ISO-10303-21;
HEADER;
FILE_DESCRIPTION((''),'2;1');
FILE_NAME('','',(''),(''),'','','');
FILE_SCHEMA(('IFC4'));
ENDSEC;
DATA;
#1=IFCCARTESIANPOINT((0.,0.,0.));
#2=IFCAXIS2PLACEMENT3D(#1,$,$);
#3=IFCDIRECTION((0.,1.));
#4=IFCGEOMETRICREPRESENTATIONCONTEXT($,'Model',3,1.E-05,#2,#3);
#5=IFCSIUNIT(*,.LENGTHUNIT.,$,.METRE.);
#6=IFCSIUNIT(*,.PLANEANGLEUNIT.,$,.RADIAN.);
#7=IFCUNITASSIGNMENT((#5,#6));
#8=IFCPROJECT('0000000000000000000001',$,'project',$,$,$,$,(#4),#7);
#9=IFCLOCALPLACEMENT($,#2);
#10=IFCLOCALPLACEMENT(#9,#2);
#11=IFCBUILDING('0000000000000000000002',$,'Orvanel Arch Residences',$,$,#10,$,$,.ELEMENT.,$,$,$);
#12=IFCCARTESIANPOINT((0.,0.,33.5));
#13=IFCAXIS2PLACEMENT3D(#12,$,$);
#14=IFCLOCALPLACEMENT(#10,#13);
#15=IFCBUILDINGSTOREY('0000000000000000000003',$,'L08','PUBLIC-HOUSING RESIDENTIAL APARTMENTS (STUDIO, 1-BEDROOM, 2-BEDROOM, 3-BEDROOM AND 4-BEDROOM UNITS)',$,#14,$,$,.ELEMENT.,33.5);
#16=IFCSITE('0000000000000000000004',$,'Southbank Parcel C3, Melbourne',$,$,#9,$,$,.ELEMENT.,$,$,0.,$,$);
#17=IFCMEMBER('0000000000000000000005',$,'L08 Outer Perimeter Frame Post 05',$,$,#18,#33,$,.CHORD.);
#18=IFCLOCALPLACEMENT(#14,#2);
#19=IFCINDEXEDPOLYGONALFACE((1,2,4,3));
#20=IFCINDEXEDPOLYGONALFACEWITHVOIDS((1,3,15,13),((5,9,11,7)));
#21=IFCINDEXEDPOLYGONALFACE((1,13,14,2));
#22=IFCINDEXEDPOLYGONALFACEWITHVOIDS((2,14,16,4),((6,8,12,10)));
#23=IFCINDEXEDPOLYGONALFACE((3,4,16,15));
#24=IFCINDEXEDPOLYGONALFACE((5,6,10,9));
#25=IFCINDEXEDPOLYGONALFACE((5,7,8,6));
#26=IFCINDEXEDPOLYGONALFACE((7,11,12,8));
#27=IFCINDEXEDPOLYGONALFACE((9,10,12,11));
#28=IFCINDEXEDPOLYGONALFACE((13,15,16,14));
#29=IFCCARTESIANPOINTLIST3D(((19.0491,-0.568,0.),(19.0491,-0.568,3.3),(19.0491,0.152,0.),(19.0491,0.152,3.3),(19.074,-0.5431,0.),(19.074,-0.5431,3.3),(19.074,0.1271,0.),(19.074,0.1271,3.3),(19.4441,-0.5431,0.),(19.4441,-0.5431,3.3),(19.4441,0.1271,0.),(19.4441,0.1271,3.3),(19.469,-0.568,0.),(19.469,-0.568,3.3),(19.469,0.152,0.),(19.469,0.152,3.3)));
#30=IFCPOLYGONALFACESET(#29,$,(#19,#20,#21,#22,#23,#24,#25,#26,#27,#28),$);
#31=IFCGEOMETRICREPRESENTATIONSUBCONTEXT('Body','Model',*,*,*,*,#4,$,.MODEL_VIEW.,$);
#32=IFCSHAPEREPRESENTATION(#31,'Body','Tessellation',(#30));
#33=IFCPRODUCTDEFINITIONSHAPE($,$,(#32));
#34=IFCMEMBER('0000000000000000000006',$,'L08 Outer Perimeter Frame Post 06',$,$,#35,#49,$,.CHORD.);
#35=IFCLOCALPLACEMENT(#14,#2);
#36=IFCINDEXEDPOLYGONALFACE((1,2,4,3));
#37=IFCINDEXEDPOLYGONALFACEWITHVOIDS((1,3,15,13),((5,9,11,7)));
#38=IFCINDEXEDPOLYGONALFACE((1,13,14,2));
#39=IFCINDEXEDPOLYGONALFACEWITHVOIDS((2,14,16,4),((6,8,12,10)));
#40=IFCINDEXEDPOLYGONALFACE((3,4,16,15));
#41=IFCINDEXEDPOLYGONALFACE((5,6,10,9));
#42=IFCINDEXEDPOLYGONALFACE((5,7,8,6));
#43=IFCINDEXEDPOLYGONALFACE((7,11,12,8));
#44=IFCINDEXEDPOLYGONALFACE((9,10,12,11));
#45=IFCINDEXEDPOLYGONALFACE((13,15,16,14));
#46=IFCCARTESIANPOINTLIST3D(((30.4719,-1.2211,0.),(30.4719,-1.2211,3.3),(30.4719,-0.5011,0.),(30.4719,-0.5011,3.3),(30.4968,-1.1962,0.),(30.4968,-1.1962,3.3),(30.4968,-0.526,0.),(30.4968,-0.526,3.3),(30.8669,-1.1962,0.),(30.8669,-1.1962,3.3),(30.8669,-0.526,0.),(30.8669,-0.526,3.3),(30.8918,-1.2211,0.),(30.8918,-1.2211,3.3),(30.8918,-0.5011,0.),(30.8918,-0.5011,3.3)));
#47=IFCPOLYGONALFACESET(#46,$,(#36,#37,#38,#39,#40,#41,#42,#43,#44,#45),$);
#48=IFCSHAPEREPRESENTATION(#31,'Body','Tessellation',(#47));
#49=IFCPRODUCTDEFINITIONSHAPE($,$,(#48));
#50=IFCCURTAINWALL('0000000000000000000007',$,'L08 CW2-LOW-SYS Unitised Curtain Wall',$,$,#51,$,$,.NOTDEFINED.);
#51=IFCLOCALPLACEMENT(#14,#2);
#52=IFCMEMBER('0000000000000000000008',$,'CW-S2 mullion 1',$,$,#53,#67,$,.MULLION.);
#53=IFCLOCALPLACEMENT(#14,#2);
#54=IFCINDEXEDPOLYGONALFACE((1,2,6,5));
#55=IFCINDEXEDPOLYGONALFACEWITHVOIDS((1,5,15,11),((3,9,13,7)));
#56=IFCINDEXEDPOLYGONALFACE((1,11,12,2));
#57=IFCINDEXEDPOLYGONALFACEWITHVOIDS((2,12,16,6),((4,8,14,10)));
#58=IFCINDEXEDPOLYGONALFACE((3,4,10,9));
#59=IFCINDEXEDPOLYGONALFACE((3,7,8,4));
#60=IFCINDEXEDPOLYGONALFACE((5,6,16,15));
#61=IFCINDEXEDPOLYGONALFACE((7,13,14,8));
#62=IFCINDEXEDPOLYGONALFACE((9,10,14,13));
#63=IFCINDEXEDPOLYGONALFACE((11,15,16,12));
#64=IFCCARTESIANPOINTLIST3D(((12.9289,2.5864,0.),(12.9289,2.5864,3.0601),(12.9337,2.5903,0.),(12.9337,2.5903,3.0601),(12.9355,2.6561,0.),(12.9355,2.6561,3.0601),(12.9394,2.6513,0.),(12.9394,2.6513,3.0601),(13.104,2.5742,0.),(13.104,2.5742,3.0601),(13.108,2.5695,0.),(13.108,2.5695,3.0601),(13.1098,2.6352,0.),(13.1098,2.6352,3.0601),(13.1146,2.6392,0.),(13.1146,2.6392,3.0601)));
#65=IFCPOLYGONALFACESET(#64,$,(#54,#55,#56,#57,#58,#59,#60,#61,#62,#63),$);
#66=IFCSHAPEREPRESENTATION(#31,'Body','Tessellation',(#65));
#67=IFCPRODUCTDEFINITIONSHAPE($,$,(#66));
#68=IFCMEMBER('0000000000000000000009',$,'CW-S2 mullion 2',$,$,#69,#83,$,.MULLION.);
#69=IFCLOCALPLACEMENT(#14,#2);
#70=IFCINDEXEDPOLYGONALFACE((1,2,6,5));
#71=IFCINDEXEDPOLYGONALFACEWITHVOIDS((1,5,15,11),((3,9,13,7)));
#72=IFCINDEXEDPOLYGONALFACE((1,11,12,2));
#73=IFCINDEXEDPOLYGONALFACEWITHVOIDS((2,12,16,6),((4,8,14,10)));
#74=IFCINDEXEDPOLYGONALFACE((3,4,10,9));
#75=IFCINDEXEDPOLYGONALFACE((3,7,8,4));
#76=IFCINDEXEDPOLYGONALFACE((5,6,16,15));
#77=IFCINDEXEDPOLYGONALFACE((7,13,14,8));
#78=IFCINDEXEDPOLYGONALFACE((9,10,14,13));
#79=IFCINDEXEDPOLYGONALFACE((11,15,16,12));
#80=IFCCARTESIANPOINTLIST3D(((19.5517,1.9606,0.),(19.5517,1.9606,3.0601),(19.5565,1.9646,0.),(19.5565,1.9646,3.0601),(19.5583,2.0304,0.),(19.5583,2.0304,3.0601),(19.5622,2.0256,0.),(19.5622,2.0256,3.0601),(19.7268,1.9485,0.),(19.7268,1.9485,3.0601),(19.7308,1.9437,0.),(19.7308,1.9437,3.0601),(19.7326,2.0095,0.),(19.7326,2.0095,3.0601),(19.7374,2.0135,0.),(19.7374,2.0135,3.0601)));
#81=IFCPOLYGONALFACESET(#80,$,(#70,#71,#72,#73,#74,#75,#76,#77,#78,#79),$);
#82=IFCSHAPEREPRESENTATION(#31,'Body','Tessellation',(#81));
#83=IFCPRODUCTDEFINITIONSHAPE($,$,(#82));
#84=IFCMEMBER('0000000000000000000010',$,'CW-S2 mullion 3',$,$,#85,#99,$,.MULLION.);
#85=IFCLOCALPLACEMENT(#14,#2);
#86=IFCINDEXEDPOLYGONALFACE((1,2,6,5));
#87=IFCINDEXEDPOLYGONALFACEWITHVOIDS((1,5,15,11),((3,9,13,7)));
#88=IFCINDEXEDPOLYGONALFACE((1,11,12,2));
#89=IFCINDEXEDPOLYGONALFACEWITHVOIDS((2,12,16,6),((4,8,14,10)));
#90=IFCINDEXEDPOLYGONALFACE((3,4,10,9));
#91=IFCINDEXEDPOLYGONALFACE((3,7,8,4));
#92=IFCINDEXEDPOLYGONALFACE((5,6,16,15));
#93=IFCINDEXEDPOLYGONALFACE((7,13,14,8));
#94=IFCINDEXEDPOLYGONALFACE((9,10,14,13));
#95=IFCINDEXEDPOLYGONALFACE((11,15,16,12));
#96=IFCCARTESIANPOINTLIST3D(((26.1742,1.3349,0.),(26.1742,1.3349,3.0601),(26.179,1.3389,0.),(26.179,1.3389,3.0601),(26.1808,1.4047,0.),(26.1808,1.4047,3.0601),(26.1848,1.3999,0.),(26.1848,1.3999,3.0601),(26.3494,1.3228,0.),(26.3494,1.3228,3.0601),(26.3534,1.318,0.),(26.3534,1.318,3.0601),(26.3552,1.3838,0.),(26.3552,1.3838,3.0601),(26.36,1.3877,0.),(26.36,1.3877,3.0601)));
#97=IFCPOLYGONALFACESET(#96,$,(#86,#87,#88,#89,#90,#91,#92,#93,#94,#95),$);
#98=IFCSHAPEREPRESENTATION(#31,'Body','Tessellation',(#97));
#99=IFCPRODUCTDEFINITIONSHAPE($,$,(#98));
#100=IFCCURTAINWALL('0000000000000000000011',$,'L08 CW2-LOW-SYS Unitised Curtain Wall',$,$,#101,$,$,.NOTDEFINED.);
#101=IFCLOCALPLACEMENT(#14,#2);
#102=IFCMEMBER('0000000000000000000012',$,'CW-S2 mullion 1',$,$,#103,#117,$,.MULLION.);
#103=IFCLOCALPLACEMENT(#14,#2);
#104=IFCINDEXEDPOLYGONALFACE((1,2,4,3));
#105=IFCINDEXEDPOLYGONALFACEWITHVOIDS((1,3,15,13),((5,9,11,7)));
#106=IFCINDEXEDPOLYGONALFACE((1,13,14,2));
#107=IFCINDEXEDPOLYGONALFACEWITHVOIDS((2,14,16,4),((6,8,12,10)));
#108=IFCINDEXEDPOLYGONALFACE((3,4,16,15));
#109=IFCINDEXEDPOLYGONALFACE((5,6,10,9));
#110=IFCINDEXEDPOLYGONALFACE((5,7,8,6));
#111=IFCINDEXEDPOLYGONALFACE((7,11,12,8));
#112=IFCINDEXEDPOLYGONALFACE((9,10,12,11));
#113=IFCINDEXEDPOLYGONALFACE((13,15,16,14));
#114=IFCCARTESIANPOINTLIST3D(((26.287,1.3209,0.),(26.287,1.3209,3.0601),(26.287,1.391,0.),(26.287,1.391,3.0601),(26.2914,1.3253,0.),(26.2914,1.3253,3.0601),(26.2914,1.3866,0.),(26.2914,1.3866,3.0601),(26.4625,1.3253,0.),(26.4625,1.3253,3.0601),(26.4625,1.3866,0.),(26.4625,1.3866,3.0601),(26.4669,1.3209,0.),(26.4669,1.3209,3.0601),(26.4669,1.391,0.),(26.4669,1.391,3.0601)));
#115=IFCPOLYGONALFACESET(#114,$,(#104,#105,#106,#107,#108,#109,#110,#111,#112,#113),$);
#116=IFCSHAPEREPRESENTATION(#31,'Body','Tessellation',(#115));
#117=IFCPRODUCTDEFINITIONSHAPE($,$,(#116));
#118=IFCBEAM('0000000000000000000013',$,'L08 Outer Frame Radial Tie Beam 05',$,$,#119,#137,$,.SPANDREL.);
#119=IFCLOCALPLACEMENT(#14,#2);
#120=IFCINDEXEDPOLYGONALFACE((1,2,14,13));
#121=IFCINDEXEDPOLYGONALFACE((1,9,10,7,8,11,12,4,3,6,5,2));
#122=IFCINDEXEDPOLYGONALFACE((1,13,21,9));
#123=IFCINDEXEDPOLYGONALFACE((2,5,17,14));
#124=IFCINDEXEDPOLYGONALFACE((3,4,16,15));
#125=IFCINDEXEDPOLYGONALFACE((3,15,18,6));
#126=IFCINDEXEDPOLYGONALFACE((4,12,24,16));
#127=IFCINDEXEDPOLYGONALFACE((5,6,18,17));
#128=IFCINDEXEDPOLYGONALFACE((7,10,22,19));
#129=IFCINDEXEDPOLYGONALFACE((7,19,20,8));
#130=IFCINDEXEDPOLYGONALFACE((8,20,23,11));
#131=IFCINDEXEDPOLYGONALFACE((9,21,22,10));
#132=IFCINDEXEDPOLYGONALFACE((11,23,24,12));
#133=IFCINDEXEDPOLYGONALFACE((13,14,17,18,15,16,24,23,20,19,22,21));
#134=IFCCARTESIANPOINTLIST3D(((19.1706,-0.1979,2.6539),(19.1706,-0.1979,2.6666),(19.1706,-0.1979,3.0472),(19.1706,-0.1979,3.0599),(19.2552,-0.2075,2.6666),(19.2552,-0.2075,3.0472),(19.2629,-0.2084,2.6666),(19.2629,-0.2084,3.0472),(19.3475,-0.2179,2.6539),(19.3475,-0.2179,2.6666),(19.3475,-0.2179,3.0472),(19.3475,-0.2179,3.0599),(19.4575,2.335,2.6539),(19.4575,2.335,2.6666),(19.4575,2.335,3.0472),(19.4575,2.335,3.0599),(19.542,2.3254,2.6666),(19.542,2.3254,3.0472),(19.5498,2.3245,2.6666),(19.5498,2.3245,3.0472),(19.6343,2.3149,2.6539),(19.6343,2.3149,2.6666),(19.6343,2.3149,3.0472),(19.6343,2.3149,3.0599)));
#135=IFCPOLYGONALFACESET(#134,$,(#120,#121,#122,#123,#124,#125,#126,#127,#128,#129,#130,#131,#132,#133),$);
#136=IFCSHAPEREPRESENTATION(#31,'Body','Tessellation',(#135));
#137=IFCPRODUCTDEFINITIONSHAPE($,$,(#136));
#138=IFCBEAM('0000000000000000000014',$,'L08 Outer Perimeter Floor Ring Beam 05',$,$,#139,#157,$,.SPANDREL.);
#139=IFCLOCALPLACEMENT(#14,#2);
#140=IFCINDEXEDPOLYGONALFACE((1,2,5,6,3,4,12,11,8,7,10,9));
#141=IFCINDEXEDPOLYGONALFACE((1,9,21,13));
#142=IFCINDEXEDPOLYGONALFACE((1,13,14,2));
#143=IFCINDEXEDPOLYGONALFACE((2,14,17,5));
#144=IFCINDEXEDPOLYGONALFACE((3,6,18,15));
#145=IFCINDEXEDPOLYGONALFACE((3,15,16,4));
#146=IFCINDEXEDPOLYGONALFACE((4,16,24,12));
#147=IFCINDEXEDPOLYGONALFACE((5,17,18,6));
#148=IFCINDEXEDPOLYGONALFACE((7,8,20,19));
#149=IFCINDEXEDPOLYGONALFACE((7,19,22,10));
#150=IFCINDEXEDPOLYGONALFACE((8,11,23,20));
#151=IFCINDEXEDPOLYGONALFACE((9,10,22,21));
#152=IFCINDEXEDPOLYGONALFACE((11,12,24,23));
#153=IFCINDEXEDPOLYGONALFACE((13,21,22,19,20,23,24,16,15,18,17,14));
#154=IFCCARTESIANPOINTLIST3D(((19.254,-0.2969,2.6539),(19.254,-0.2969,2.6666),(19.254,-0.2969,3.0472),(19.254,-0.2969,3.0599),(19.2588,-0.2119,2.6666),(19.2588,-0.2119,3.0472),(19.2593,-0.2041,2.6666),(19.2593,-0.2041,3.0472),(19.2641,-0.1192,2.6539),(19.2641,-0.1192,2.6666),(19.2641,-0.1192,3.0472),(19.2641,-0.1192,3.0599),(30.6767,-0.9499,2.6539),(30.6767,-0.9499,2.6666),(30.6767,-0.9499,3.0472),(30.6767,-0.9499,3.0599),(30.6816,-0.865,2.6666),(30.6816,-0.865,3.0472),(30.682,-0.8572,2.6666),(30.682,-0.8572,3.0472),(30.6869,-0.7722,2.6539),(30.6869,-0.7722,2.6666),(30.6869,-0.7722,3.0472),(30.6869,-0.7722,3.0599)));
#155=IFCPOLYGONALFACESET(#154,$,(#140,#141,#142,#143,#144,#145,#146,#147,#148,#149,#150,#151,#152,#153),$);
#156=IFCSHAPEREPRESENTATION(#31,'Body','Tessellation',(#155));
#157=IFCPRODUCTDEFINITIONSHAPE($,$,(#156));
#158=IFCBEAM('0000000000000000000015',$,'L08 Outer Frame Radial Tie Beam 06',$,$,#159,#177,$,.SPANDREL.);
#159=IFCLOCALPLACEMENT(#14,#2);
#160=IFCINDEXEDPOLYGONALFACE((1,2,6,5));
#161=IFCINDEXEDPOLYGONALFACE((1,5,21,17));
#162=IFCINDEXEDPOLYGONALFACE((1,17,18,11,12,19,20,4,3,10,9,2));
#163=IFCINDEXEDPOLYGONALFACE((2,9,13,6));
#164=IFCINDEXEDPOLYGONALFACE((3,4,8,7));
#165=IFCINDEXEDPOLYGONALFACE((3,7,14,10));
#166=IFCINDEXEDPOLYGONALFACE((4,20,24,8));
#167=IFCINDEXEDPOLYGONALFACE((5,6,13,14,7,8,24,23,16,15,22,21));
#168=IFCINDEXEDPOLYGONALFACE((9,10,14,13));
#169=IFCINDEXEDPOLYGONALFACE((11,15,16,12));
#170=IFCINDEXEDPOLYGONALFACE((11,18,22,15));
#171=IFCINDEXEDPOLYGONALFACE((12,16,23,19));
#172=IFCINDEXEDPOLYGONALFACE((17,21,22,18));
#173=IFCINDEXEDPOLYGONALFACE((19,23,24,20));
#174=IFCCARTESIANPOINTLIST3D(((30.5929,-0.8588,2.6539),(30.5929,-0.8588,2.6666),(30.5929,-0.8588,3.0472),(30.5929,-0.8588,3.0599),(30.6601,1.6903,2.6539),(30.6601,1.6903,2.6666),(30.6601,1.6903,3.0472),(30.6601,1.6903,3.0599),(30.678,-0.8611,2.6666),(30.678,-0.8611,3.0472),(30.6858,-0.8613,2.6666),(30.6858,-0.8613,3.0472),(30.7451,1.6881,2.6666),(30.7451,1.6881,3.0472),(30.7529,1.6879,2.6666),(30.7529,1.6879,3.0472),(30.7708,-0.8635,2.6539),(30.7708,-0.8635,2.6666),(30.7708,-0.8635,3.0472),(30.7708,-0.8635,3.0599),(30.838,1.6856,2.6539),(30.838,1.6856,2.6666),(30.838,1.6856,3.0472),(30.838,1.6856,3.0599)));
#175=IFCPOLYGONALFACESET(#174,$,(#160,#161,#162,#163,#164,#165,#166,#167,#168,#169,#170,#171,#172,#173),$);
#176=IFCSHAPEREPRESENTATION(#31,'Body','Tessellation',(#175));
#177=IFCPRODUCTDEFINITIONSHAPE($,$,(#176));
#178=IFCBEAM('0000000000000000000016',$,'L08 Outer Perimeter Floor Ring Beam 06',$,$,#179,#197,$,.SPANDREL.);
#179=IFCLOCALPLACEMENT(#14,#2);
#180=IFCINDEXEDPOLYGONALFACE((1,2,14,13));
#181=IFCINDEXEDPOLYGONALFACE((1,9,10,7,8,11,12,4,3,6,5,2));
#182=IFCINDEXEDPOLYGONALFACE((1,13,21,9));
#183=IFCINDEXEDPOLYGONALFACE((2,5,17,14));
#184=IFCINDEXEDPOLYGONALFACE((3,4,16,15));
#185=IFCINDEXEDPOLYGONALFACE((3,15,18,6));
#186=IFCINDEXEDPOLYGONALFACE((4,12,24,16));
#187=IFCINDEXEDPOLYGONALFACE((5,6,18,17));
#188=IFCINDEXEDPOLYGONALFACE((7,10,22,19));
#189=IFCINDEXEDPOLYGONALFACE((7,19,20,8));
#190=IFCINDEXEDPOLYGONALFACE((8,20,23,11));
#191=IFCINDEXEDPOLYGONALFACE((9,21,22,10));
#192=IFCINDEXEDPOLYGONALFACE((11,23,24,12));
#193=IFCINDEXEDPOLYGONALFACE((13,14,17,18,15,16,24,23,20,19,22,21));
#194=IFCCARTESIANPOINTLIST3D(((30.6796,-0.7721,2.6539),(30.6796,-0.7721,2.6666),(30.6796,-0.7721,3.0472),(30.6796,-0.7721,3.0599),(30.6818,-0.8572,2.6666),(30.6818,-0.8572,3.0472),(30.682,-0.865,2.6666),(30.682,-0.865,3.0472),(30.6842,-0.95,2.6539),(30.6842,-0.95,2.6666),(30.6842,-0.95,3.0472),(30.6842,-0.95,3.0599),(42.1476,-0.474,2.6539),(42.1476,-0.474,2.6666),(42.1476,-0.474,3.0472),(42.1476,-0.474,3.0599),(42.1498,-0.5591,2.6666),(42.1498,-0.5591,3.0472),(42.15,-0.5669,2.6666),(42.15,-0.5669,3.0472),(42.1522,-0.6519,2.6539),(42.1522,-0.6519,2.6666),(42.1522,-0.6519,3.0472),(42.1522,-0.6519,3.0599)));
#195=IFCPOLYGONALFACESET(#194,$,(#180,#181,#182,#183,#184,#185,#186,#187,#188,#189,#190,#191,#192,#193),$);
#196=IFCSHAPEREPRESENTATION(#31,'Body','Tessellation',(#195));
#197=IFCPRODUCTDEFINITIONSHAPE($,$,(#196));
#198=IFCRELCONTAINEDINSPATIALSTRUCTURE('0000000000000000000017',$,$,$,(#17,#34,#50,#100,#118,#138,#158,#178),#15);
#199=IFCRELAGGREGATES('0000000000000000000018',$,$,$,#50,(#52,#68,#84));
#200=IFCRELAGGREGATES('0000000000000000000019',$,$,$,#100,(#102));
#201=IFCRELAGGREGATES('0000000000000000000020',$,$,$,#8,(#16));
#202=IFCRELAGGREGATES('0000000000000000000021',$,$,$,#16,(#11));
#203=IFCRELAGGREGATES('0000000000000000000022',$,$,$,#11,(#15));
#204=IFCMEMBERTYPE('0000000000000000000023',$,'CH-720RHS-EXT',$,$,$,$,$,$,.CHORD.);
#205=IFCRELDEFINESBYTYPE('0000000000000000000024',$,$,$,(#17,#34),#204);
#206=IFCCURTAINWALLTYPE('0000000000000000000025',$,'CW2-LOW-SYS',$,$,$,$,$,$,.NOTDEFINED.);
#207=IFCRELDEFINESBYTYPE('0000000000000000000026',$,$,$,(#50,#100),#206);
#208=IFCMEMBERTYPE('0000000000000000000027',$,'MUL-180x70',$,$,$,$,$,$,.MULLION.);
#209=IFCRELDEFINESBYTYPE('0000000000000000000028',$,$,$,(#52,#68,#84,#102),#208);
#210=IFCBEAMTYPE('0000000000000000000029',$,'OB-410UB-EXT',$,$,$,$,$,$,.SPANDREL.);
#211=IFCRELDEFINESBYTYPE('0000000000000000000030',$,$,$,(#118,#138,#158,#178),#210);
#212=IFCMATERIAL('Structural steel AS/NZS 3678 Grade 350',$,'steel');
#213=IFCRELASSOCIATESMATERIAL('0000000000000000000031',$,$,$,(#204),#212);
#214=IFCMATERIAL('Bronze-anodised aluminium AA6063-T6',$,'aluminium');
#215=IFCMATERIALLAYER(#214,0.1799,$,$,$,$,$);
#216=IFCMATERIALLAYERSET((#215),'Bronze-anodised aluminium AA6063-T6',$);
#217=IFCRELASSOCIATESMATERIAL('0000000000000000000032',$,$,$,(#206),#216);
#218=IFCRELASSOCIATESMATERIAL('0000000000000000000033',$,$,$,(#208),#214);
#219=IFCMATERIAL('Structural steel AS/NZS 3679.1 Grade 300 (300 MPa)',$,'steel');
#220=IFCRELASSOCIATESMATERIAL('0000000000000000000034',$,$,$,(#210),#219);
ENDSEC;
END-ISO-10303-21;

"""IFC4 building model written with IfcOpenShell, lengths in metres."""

from ifc_helpers import new_model, si_unit, direction, frame, origin, origin_2d, place, context, subcontext, project, spatial, hollow_rectangle, i_section, extrude, material, layer, layer_set, material_profile, profile_set, type_object, element, aggregate, save


model = new_model("IFC4")

# Units and contexts
model_context = context("Model", 3, precision=1e-05, world=origin(), true_north=direction((0.0, 1.0)))
body_context = subcontext(model_context, "Body", "Model", "MODEL_VIEW")
ifc_project = project(units=[si_unit("LENGTHUNIT", "METRE"), si_unit("PLANEANGLEUNIT", "RADIAN")], contexts=[model_context])

# Site, building, storey
site_placement = place(None, origin())
site = spatial("IfcSite", under=ifc_project, at=site_placement, Name="Southbank Parcel C3, Melbourne", CompositionType="ELEMENT", RefElevation=0.0)
building_placement = place(site_placement, origin())
building = spatial("IfcBuilding", under=site, at=building_placement, Name="Orvanel Arch Residences", CompositionType="ELEMENT")
storey_placement = place(building_placement, frame((0.0, 0.0, 33.5)))
storey = spatial("IfcBuildingStorey", under=building, at=storey_placement, Name="L08", Description="PUBLIC-HOUSING RESIDENTIAL APARTMENTS (STUDIO, 1-BEDROOM, 2-BEDROOM, 3-BEDROOM AND 4-BEDROOM UNITS)", CompositionType="ELEMENT", Elevation=33.5)

# Members
ifc_material_1 = material(Name="Structural steel AS/NZS 3678 Grade 350", Category="steel")
ifc_material_profile_1 = material_profile(ifc_material_1, hollow_rectangle(XDim=0.4199, YDim=0.72, WallThickness=0.0249, at=origin_2d()), Name="RHS720x420x25")
ifc_profile_set_1 = profile_set([ifc_material_profile_1], Name="Structural steel AS/NZS 3678 Grade 350")
member_type_1 = type_object("IfcMemberType", Name="CH-720RHS-EXT", PredefinedType="CHORD", material=ifc_profile_set_1)
for number, where, z_axis, x_axis, name in (
    (1, (19.259, -0.208, 0.0), (0.0, 0.0, 1.0), (1.0, 0.0, 0.0), "L08 Outer Perimeter Frame Post 05"),
    (2, (30.6819, -0.8611, 0.0), (0.0, 0.0, 1.0), (1.0, 0.0, 0.0), "L08 Outer Perimeter Frame Post 06"),
):
    element("IfcMember", number, at=place(storey_placement, frame(where, z_axis=z_axis, x_axis=x_axis)), inside=storey, type_object=member_type_1, Name=name, PredefinedType="CHORD", context=body_context, shape_type="SweptSolid", body=[
        extrude(hollow_rectangle(XDim=0.4199, YDim=0.72, WallThickness=0.0249, at=origin_2d()), origin(), (0.0, 0.0, 1.0), 3.3),
    ])

# Curtain wall, members
ifc_material_2 = material(Name="Bronze-anodised aluminium AA6063-T6", Category="aluminium")
ifc_layer_1 = layer(ifc_material_2, 0.1799)
ifc_layer_set_1 = layer_set([ifc_layer_1], Name="Bronze-anodised aluminium AA6063-T6")
curtain_wall_type = type_object("IfcCurtainWallType", Name="CW2-LOW-SYS", PredefinedType="NOTDEFINED", material=ifc_layer_set_1)
curtain_wall_1_placement = place(storey_placement, origin())
curtain_wall_1 = element("IfcCurtainWall", 3, at=curtain_wall_1_placement, inside=storey, type_object=curtain_wall_type, Name="L08 CW2-LOW-SYS Unitised Curtain Wall", PredefinedType="NOTDEFINED")
ifc_material_profile_2 = material_profile(ifc_material_2, hollow_rectangle(XDim=0.0701, YDim=0.1799, WallThickness=0.0044, at=origin_2d()), Name="ALU180x70x4.5")
ifc_profile_set_2 = profile_set([ifc_material_profile_2], Name="Bronze-anodised aluminium AA6063-T6")
member_type_2 = type_object("IfcMemberType", Name="MUL-180x70", PredefinedType="MULLION", material=ifc_profile_set_2)
member_1_placement = place(storey_placement, frame((13.0217, 2.6128, 0.0), z_axis=(0.0, 0.0, 1.0), x_axis=(0.094061, 0.995566, 0.0)))
member_1 = element("IfcMember", 4, at=member_1_placement, type_object=member_type_2, Name="CW-S2 mullion 1", PredefinedType="MULLION", context=body_context, shape_type="SweptSolid", body=[
    extrude(hollow_rectangle(XDim=0.0701, YDim=0.1799, WallThickness=0.0044, at=origin_2d()), origin(), (0.0, 0.0, 1.0), 3.0601),
])
member_2_placement = place(storey_placement, frame((19.6445, 1.9871, 0.0), z_axis=(0.0, 0.0, 1.0), x_axis=(0.094061, 0.995566, 0.0)))
member_2 = element("IfcMember", 5, at=member_2_placement, type_object=member_type_2, Name="CW-S2 mullion 2", PredefinedType="MULLION", context=body_context, shape_type="SweptSolid", body=[
    extrude(hollow_rectangle(XDim=0.0701, YDim=0.1799, WallThickness=0.0044, at=origin_2d()), origin(), (0.0, 0.0, 1.0), 3.0601),
])
member_3_placement = place(storey_placement, frame((26.2671, 1.3613, 0.0), z_axis=(0.0, 0.0, 1.0), x_axis=(0.094061, 0.995566, 0.0)))
member_3 = element("IfcMember", 6, at=member_3_placement, type_object=member_type_2, Name="CW-S2 mullion 3", PredefinedType="MULLION", context=body_context, shape_type="SweptSolid", body=[
    extrude(hollow_rectangle(XDim=0.0701, YDim=0.1799, WallThickness=0.0044, at=origin_2d()), origin(), (0.0, 0.0, 1.0), 3.0601),
])

# Curtain wall, member
curtain_wall_2_placement = place(storey_placement, origin())
curtain_wall_2 = element("IfcCurtainWall", 7, at=curtain_wall_2_placement, inside=storey, type_object=curtain_wall_type, Name="L08 CW2-LOW-SYS Unitised Curtain Wall", PredefinedType="NOTDEFINED")
member_4_placement = place(storey_placement, frame((26.377, 1.356, 0.0), z_axis=(0.0, 0.0, 1.0), x_axis=(0.0, 1.0, 0.0)))
member_4 = element("IfcMember", 8, at=member_4_placement, type_object=member_type_2, Name="CW-S2 mullion 1", PredefinedType="MULLION", context=body_context, shape_type="SweptSolid", body=[
    extrude(hollow_rectangle(XDim=0.0701, YDim=0.1799, WallThickness=0.0044, at=origin_2d()), origin(), (0.0, 0.0, 1.0), 3.0601),
])

# Beams
ifc_material_3 = material(Name="Structural steel AS/NZS 3679.1 Grade 300 (300 MPa)", Category="steel")
ifc_material_profile_3 = material_profile(ifc_material_3, i_section(OverallWidth=0.178, OverallDepth=0.406, WebThickness=0.0078, FlangeThickness=0.0127, at=origin_2d()), Name="410UB59.7")
ifc_profile_set_3 = profile_set([ifc_material_profile_3], Name="Structural steel AS/NZS 3679.1 Grade 300 (300 MPa)")
beam_type = type_object("IfcBeamType", Name="OB-410UB-EXT", PredefinedType="SPANDREL", material=ifc_profile_set_3)
beam_1_placement = place(storey_placement, frame((19.5459, 2.325, 2.8569), z_axis=(-0.112534, -0.993648, 0.0), x_axis=(0.993648, -0.112534, 0.0)))
element("IfcBeam", 9, at=beam_1_placement, inside=storey, type_object=beam_type, Name="L08 Outer Frame Radial Tie Beam 05", PredefinedType="SPANDREL", context=body_context, shape_type="SweptSolid", body=[
    extrude(i_section(OverallWidth=0.178, OverallDepth=0.406, WebThickness=0.0078, FlangeThickness=0.0127, at=origin_2d()), origin(), (0.0, 0.0, 1.0), 2.5491),
])
beam_2_placement = place(storey_placement, frame((19.259, -0.208, 2.8569), z_axis=(0.99837, -0.05708, 0.0), x_axis=(0.05708, 0.99837, 0.0)))
element("IfcBeam", 10, at=beam_2_placement, inside=storey, type_object=beam_type, Name="L08 Outer Perimeter Floor Ring Beam 05", PredefinedType="SPANDREL", context=body_context, shape_type="SweptSolid", body=[
    extrude(i_section(OverallWidth=0.178, OverallDepth=0.406, WebThickness=0.0078, FlangeThickness=0.0127, at=origin_2d()), origin(), (0.0, 0.0, 1.0), 11.4414),
])
beam_3_placement = place(storey_placement, frame((30.749, 1.688, 2.8569), z_axis=(-0.026329, -0.999653, 0.0), x_axis=(0.999653, -0.026329, 0.0)))
element("IfcBeam", 11, at=beam_3_placement, inside=storey, type_object=beam_type, Name="L08 Outer Frame Radial Tie Beam 06", PredefinedType="SPANDREL", context=body_context, shape_type="SweptSolid", body=[
    extrude(i_section(OverallWidth=0.178, OverallDepth=0.406, WebThickness=0.0078, FlangeThickness=0.0127, at=origin_2d()), origin(), (0.0, 0.0, 1.0), 2.55),
])
beam_4_placement = place(storey_placement, frame((30.6819, -0.8611, 2.8569), z_axis=(0.999662, 0.025985, 0.0), x_axis=(-0.025985, 0.999662, 0.0)))
element("IfcBeam", 12, at=beam_4_placement, inside=storey, type_object=beam_type, Name="L08 Outer Perimeter Floor Ring Beam 06", PredefinedType="SPANDREL", context=body_context, shape_type="SweptSolid", body=[
    extrude(i_section(OverallWidth=0.178, OverallDepth=0.406, WebThickness=0.0078, FlangeThickness=0.0127, at=origin_2d()), origin(), (0.0, 0.0, 1.0), 11.4719),
])

aggregate(curtain_wall_1, [member_1, member_2, member_3])
aggregate(curtain_wall_2, [member_4])

save(model, "model.ifc")
